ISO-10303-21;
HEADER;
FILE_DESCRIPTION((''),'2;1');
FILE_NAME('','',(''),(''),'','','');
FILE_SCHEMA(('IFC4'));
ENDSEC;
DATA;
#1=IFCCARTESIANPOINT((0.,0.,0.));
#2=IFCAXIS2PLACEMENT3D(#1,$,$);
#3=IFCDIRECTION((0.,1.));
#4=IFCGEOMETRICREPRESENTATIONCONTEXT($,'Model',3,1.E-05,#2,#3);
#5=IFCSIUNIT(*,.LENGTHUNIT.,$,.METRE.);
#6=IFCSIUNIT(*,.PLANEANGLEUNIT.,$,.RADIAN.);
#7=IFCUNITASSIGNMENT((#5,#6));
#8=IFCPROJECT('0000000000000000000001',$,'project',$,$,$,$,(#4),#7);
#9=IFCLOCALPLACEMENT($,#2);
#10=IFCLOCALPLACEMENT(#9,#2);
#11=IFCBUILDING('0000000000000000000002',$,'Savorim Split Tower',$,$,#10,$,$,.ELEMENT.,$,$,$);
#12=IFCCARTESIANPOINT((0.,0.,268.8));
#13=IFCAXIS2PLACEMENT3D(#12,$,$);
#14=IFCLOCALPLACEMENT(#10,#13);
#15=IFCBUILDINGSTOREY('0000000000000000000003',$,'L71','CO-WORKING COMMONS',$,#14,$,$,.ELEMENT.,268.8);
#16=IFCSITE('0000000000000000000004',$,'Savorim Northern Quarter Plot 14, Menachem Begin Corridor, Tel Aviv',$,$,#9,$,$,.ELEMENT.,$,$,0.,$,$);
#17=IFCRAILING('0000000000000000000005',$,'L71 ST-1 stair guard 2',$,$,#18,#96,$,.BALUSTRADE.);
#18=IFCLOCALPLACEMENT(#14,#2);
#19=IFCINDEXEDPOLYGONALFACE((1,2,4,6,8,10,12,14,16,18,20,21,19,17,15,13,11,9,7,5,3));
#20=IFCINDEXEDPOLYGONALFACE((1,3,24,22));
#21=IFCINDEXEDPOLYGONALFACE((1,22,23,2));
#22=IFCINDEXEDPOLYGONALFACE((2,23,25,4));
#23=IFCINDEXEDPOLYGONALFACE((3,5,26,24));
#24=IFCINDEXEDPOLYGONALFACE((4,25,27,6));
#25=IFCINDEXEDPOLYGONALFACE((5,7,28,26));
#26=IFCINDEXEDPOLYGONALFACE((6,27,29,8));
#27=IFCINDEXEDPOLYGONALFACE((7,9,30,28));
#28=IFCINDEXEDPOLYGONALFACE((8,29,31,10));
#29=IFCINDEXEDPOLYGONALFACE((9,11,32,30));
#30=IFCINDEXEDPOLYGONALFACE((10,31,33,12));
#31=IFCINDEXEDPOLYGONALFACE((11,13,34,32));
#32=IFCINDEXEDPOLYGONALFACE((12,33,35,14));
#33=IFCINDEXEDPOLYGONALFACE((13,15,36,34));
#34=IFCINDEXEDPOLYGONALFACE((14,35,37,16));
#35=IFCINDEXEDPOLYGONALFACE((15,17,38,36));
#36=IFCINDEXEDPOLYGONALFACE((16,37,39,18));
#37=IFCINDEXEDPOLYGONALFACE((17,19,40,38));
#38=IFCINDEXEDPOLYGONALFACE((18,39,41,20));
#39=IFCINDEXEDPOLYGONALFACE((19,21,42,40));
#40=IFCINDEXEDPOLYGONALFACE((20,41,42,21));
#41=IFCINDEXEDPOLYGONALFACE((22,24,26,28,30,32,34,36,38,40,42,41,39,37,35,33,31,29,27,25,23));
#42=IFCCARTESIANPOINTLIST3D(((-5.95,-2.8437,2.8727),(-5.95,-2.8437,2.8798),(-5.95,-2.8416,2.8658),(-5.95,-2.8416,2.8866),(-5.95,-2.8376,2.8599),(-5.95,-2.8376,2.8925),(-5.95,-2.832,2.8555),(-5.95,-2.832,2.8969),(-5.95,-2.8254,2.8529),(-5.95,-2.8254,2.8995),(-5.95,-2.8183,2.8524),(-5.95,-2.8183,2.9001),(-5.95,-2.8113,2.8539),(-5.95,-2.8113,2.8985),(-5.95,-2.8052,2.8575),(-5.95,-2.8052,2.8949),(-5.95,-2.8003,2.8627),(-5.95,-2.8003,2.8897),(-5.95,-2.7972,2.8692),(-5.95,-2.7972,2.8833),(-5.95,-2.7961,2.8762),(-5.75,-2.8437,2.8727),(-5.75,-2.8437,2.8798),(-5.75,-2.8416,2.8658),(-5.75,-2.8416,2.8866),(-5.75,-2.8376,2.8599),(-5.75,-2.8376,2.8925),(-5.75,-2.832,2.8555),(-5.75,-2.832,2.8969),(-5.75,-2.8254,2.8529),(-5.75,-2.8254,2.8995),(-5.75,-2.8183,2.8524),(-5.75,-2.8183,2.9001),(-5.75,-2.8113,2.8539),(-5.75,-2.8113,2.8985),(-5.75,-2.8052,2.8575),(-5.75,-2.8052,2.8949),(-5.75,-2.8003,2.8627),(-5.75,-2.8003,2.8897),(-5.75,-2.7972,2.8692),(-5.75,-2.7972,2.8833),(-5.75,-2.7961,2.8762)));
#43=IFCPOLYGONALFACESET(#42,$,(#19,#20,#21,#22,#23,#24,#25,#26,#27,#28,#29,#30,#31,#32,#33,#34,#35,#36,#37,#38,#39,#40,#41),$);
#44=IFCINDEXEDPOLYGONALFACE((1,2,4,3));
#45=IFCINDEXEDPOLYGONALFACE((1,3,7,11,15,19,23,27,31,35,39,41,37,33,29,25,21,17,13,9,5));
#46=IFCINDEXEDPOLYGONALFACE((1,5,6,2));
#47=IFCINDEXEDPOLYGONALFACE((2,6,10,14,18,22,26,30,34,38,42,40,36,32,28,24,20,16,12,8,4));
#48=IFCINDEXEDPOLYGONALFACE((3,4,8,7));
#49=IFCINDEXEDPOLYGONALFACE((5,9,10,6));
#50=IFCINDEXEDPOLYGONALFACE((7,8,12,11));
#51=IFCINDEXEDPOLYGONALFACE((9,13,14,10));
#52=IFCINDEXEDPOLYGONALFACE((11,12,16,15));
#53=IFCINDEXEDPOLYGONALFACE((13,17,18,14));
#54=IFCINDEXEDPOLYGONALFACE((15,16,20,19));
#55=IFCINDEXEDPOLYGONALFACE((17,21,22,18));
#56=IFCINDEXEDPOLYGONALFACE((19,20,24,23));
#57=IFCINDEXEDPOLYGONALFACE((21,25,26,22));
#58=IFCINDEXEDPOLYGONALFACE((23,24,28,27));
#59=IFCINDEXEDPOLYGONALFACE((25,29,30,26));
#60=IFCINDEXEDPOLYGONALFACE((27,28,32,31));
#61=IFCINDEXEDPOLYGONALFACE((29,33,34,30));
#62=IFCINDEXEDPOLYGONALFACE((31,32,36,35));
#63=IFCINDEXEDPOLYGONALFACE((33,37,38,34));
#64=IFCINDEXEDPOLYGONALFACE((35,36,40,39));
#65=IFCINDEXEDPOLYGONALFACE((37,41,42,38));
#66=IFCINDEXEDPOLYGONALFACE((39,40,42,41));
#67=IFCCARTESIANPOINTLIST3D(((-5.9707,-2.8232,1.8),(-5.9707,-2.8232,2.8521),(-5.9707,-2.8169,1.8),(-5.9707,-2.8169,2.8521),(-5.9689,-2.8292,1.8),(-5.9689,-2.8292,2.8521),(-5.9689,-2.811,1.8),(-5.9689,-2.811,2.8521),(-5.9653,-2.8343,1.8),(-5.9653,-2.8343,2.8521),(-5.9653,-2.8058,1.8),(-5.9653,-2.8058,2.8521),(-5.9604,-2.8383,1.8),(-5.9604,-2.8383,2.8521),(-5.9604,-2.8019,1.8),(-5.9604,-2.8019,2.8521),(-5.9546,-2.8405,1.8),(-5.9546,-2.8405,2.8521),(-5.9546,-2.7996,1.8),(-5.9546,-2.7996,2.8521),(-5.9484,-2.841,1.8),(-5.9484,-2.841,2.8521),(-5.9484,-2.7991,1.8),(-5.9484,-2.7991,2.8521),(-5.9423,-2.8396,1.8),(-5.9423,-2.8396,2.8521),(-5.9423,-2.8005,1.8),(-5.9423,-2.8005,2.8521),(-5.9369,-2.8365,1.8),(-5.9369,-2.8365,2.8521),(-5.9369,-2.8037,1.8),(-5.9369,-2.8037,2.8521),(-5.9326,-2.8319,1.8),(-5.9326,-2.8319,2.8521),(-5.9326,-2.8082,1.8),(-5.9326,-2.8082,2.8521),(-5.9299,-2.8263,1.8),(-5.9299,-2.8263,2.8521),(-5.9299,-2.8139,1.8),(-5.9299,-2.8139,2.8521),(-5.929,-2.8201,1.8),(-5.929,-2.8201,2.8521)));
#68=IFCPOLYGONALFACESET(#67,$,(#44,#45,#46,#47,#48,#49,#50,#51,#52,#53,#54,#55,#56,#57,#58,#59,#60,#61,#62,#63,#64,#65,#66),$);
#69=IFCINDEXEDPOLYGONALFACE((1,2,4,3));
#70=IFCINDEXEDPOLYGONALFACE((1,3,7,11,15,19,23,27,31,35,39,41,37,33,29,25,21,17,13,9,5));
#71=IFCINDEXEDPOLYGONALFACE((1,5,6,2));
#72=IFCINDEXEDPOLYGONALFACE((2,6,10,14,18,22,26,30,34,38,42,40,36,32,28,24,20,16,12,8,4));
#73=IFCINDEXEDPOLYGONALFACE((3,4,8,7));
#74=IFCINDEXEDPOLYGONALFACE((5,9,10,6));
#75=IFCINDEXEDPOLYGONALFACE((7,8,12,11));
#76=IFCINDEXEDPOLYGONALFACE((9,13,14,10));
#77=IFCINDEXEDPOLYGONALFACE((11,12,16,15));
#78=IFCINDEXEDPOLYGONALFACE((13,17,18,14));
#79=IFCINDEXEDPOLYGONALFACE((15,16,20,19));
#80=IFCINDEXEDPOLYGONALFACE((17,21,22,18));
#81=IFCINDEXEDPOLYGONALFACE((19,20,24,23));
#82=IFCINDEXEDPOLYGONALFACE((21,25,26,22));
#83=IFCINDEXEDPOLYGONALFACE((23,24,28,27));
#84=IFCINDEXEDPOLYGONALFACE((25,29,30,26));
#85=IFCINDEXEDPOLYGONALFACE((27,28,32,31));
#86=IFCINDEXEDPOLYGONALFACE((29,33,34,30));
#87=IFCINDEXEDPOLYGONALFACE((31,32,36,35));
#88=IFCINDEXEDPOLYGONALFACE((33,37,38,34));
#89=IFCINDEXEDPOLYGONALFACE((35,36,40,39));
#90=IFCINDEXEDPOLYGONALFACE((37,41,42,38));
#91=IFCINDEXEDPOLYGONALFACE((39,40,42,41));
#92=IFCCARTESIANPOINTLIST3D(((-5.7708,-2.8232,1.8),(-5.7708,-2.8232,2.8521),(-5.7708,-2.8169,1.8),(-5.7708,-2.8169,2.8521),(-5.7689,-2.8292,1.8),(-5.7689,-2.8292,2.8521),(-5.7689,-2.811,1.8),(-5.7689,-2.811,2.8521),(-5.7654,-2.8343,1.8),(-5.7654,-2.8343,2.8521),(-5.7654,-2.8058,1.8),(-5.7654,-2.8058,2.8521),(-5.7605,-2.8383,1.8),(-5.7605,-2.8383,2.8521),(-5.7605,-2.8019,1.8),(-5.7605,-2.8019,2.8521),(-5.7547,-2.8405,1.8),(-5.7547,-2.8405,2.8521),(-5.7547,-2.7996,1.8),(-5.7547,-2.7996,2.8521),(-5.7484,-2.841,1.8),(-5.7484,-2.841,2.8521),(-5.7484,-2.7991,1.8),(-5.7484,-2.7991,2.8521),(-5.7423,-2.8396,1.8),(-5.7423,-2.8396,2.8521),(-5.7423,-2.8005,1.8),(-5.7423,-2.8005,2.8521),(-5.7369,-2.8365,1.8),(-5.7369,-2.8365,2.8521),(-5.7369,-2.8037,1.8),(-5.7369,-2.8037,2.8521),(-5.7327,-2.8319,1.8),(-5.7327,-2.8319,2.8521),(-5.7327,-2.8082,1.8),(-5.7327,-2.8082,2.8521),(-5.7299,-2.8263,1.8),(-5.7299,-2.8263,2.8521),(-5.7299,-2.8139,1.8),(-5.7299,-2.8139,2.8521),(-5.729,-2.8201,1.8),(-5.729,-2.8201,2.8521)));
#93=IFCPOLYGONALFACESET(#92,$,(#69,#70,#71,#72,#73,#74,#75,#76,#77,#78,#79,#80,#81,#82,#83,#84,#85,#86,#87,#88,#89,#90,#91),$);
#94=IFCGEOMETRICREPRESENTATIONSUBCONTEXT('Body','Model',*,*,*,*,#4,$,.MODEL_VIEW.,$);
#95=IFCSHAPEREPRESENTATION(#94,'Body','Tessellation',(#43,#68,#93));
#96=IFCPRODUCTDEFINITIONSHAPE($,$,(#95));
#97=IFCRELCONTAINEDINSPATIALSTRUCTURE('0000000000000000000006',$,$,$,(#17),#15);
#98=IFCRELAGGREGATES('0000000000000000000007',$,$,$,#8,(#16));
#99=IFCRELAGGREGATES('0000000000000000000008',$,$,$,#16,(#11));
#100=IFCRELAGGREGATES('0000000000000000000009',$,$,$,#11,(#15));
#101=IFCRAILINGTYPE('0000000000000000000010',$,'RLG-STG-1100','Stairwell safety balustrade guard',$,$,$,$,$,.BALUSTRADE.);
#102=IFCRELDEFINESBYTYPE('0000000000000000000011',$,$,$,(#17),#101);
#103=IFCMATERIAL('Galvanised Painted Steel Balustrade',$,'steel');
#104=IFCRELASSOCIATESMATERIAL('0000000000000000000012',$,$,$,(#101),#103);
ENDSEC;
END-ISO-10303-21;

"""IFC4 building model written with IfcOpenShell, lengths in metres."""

from ifc_helpers import new_model, si_unit, direction, frame, origin, origin_2d, place, context, subcontext, project, spatial, circle, extrude, material, type_object, element, save


model = new_model("IFC4")

# Units and contexts
model_context = context("Model", 3, precision=1e-05, world=origin(), true_north=direction((0.0, 1.0)))
body_context = subcontext(model_context, "Body", "Model", "MODEL_VIEW")
ifc_project = project(units=[si_unit("LENGTHUNIT", "METRE"), si_unit("PLANEANGLEUNIT", "RADIAN")], contexts=[model_context])

# Site, building, storey
site_placement = place(None, origin())
site = spatial("IfcSite", under=ifc_project, at=site_placement, Name="Savorim Northern Quarter Plot 14, Menachem Begin Corridor, Tel Aviv", CompositionType="ELEMENT", RefElevation=0.0)
building_placement = place(site_placement, origin())
building = spatial("IfcBuilding", under=site, at=building_placement, Name="Savorim Split Tower", CompositionType="ELEMENT")
storey_placement = place(building_placement, frame((0.0, 0.0, 268.8)))
storey = spatial("IfcBuildingStorey", under=building, at=storey_placement, Name="L71", Description="CO-WORKING COMMONS", CompositionType="ELEMENT", Elevation=268.8)

# Railing
ifc_material_1 = material(Name="Galvanised Painted Steel Balustrade", Category="steel")
railing_type_1 = type_object("IfcRailingType", Name="RLG-STG-1100", Description="Stairwell safety balustrade guard", PredefinedType="BALUSTRADE", material=ifc_material_1)
railing_1_placement = place(storey_placement, frame((-5.95, -2.8201, 1.8)))
element("IfcRailing", 1, at=railing_1_placement, inside=storey, type_object=railing_type_1, Name="L71 ST-1 stair guard 2", PredefinedType="BALUSTRADE", context=body_context, shape_type="SweptSolid", body=[
    extrude(circle(Radius=0.0239, at=origin_2d()), frame((0.0, 0.0, 1.0762), z_axis=(1.0, 0.0, 0.0), x_axis=(0.0, 1.0, 0.0)), (0.0, 0.0, 1.0), 0.2),
    extrude(circle(Radius=0.021, at=origin_2d()), origin(), (0.0, 0.0, 1.0), 1.052),
    extrude(circle(Radius=0.021, at=origin_2d()), frame((0.2, 0.0, 0.0)), (0.0, 0.0, 1.0), 1.052),
])

save(model, "model.ifc")
